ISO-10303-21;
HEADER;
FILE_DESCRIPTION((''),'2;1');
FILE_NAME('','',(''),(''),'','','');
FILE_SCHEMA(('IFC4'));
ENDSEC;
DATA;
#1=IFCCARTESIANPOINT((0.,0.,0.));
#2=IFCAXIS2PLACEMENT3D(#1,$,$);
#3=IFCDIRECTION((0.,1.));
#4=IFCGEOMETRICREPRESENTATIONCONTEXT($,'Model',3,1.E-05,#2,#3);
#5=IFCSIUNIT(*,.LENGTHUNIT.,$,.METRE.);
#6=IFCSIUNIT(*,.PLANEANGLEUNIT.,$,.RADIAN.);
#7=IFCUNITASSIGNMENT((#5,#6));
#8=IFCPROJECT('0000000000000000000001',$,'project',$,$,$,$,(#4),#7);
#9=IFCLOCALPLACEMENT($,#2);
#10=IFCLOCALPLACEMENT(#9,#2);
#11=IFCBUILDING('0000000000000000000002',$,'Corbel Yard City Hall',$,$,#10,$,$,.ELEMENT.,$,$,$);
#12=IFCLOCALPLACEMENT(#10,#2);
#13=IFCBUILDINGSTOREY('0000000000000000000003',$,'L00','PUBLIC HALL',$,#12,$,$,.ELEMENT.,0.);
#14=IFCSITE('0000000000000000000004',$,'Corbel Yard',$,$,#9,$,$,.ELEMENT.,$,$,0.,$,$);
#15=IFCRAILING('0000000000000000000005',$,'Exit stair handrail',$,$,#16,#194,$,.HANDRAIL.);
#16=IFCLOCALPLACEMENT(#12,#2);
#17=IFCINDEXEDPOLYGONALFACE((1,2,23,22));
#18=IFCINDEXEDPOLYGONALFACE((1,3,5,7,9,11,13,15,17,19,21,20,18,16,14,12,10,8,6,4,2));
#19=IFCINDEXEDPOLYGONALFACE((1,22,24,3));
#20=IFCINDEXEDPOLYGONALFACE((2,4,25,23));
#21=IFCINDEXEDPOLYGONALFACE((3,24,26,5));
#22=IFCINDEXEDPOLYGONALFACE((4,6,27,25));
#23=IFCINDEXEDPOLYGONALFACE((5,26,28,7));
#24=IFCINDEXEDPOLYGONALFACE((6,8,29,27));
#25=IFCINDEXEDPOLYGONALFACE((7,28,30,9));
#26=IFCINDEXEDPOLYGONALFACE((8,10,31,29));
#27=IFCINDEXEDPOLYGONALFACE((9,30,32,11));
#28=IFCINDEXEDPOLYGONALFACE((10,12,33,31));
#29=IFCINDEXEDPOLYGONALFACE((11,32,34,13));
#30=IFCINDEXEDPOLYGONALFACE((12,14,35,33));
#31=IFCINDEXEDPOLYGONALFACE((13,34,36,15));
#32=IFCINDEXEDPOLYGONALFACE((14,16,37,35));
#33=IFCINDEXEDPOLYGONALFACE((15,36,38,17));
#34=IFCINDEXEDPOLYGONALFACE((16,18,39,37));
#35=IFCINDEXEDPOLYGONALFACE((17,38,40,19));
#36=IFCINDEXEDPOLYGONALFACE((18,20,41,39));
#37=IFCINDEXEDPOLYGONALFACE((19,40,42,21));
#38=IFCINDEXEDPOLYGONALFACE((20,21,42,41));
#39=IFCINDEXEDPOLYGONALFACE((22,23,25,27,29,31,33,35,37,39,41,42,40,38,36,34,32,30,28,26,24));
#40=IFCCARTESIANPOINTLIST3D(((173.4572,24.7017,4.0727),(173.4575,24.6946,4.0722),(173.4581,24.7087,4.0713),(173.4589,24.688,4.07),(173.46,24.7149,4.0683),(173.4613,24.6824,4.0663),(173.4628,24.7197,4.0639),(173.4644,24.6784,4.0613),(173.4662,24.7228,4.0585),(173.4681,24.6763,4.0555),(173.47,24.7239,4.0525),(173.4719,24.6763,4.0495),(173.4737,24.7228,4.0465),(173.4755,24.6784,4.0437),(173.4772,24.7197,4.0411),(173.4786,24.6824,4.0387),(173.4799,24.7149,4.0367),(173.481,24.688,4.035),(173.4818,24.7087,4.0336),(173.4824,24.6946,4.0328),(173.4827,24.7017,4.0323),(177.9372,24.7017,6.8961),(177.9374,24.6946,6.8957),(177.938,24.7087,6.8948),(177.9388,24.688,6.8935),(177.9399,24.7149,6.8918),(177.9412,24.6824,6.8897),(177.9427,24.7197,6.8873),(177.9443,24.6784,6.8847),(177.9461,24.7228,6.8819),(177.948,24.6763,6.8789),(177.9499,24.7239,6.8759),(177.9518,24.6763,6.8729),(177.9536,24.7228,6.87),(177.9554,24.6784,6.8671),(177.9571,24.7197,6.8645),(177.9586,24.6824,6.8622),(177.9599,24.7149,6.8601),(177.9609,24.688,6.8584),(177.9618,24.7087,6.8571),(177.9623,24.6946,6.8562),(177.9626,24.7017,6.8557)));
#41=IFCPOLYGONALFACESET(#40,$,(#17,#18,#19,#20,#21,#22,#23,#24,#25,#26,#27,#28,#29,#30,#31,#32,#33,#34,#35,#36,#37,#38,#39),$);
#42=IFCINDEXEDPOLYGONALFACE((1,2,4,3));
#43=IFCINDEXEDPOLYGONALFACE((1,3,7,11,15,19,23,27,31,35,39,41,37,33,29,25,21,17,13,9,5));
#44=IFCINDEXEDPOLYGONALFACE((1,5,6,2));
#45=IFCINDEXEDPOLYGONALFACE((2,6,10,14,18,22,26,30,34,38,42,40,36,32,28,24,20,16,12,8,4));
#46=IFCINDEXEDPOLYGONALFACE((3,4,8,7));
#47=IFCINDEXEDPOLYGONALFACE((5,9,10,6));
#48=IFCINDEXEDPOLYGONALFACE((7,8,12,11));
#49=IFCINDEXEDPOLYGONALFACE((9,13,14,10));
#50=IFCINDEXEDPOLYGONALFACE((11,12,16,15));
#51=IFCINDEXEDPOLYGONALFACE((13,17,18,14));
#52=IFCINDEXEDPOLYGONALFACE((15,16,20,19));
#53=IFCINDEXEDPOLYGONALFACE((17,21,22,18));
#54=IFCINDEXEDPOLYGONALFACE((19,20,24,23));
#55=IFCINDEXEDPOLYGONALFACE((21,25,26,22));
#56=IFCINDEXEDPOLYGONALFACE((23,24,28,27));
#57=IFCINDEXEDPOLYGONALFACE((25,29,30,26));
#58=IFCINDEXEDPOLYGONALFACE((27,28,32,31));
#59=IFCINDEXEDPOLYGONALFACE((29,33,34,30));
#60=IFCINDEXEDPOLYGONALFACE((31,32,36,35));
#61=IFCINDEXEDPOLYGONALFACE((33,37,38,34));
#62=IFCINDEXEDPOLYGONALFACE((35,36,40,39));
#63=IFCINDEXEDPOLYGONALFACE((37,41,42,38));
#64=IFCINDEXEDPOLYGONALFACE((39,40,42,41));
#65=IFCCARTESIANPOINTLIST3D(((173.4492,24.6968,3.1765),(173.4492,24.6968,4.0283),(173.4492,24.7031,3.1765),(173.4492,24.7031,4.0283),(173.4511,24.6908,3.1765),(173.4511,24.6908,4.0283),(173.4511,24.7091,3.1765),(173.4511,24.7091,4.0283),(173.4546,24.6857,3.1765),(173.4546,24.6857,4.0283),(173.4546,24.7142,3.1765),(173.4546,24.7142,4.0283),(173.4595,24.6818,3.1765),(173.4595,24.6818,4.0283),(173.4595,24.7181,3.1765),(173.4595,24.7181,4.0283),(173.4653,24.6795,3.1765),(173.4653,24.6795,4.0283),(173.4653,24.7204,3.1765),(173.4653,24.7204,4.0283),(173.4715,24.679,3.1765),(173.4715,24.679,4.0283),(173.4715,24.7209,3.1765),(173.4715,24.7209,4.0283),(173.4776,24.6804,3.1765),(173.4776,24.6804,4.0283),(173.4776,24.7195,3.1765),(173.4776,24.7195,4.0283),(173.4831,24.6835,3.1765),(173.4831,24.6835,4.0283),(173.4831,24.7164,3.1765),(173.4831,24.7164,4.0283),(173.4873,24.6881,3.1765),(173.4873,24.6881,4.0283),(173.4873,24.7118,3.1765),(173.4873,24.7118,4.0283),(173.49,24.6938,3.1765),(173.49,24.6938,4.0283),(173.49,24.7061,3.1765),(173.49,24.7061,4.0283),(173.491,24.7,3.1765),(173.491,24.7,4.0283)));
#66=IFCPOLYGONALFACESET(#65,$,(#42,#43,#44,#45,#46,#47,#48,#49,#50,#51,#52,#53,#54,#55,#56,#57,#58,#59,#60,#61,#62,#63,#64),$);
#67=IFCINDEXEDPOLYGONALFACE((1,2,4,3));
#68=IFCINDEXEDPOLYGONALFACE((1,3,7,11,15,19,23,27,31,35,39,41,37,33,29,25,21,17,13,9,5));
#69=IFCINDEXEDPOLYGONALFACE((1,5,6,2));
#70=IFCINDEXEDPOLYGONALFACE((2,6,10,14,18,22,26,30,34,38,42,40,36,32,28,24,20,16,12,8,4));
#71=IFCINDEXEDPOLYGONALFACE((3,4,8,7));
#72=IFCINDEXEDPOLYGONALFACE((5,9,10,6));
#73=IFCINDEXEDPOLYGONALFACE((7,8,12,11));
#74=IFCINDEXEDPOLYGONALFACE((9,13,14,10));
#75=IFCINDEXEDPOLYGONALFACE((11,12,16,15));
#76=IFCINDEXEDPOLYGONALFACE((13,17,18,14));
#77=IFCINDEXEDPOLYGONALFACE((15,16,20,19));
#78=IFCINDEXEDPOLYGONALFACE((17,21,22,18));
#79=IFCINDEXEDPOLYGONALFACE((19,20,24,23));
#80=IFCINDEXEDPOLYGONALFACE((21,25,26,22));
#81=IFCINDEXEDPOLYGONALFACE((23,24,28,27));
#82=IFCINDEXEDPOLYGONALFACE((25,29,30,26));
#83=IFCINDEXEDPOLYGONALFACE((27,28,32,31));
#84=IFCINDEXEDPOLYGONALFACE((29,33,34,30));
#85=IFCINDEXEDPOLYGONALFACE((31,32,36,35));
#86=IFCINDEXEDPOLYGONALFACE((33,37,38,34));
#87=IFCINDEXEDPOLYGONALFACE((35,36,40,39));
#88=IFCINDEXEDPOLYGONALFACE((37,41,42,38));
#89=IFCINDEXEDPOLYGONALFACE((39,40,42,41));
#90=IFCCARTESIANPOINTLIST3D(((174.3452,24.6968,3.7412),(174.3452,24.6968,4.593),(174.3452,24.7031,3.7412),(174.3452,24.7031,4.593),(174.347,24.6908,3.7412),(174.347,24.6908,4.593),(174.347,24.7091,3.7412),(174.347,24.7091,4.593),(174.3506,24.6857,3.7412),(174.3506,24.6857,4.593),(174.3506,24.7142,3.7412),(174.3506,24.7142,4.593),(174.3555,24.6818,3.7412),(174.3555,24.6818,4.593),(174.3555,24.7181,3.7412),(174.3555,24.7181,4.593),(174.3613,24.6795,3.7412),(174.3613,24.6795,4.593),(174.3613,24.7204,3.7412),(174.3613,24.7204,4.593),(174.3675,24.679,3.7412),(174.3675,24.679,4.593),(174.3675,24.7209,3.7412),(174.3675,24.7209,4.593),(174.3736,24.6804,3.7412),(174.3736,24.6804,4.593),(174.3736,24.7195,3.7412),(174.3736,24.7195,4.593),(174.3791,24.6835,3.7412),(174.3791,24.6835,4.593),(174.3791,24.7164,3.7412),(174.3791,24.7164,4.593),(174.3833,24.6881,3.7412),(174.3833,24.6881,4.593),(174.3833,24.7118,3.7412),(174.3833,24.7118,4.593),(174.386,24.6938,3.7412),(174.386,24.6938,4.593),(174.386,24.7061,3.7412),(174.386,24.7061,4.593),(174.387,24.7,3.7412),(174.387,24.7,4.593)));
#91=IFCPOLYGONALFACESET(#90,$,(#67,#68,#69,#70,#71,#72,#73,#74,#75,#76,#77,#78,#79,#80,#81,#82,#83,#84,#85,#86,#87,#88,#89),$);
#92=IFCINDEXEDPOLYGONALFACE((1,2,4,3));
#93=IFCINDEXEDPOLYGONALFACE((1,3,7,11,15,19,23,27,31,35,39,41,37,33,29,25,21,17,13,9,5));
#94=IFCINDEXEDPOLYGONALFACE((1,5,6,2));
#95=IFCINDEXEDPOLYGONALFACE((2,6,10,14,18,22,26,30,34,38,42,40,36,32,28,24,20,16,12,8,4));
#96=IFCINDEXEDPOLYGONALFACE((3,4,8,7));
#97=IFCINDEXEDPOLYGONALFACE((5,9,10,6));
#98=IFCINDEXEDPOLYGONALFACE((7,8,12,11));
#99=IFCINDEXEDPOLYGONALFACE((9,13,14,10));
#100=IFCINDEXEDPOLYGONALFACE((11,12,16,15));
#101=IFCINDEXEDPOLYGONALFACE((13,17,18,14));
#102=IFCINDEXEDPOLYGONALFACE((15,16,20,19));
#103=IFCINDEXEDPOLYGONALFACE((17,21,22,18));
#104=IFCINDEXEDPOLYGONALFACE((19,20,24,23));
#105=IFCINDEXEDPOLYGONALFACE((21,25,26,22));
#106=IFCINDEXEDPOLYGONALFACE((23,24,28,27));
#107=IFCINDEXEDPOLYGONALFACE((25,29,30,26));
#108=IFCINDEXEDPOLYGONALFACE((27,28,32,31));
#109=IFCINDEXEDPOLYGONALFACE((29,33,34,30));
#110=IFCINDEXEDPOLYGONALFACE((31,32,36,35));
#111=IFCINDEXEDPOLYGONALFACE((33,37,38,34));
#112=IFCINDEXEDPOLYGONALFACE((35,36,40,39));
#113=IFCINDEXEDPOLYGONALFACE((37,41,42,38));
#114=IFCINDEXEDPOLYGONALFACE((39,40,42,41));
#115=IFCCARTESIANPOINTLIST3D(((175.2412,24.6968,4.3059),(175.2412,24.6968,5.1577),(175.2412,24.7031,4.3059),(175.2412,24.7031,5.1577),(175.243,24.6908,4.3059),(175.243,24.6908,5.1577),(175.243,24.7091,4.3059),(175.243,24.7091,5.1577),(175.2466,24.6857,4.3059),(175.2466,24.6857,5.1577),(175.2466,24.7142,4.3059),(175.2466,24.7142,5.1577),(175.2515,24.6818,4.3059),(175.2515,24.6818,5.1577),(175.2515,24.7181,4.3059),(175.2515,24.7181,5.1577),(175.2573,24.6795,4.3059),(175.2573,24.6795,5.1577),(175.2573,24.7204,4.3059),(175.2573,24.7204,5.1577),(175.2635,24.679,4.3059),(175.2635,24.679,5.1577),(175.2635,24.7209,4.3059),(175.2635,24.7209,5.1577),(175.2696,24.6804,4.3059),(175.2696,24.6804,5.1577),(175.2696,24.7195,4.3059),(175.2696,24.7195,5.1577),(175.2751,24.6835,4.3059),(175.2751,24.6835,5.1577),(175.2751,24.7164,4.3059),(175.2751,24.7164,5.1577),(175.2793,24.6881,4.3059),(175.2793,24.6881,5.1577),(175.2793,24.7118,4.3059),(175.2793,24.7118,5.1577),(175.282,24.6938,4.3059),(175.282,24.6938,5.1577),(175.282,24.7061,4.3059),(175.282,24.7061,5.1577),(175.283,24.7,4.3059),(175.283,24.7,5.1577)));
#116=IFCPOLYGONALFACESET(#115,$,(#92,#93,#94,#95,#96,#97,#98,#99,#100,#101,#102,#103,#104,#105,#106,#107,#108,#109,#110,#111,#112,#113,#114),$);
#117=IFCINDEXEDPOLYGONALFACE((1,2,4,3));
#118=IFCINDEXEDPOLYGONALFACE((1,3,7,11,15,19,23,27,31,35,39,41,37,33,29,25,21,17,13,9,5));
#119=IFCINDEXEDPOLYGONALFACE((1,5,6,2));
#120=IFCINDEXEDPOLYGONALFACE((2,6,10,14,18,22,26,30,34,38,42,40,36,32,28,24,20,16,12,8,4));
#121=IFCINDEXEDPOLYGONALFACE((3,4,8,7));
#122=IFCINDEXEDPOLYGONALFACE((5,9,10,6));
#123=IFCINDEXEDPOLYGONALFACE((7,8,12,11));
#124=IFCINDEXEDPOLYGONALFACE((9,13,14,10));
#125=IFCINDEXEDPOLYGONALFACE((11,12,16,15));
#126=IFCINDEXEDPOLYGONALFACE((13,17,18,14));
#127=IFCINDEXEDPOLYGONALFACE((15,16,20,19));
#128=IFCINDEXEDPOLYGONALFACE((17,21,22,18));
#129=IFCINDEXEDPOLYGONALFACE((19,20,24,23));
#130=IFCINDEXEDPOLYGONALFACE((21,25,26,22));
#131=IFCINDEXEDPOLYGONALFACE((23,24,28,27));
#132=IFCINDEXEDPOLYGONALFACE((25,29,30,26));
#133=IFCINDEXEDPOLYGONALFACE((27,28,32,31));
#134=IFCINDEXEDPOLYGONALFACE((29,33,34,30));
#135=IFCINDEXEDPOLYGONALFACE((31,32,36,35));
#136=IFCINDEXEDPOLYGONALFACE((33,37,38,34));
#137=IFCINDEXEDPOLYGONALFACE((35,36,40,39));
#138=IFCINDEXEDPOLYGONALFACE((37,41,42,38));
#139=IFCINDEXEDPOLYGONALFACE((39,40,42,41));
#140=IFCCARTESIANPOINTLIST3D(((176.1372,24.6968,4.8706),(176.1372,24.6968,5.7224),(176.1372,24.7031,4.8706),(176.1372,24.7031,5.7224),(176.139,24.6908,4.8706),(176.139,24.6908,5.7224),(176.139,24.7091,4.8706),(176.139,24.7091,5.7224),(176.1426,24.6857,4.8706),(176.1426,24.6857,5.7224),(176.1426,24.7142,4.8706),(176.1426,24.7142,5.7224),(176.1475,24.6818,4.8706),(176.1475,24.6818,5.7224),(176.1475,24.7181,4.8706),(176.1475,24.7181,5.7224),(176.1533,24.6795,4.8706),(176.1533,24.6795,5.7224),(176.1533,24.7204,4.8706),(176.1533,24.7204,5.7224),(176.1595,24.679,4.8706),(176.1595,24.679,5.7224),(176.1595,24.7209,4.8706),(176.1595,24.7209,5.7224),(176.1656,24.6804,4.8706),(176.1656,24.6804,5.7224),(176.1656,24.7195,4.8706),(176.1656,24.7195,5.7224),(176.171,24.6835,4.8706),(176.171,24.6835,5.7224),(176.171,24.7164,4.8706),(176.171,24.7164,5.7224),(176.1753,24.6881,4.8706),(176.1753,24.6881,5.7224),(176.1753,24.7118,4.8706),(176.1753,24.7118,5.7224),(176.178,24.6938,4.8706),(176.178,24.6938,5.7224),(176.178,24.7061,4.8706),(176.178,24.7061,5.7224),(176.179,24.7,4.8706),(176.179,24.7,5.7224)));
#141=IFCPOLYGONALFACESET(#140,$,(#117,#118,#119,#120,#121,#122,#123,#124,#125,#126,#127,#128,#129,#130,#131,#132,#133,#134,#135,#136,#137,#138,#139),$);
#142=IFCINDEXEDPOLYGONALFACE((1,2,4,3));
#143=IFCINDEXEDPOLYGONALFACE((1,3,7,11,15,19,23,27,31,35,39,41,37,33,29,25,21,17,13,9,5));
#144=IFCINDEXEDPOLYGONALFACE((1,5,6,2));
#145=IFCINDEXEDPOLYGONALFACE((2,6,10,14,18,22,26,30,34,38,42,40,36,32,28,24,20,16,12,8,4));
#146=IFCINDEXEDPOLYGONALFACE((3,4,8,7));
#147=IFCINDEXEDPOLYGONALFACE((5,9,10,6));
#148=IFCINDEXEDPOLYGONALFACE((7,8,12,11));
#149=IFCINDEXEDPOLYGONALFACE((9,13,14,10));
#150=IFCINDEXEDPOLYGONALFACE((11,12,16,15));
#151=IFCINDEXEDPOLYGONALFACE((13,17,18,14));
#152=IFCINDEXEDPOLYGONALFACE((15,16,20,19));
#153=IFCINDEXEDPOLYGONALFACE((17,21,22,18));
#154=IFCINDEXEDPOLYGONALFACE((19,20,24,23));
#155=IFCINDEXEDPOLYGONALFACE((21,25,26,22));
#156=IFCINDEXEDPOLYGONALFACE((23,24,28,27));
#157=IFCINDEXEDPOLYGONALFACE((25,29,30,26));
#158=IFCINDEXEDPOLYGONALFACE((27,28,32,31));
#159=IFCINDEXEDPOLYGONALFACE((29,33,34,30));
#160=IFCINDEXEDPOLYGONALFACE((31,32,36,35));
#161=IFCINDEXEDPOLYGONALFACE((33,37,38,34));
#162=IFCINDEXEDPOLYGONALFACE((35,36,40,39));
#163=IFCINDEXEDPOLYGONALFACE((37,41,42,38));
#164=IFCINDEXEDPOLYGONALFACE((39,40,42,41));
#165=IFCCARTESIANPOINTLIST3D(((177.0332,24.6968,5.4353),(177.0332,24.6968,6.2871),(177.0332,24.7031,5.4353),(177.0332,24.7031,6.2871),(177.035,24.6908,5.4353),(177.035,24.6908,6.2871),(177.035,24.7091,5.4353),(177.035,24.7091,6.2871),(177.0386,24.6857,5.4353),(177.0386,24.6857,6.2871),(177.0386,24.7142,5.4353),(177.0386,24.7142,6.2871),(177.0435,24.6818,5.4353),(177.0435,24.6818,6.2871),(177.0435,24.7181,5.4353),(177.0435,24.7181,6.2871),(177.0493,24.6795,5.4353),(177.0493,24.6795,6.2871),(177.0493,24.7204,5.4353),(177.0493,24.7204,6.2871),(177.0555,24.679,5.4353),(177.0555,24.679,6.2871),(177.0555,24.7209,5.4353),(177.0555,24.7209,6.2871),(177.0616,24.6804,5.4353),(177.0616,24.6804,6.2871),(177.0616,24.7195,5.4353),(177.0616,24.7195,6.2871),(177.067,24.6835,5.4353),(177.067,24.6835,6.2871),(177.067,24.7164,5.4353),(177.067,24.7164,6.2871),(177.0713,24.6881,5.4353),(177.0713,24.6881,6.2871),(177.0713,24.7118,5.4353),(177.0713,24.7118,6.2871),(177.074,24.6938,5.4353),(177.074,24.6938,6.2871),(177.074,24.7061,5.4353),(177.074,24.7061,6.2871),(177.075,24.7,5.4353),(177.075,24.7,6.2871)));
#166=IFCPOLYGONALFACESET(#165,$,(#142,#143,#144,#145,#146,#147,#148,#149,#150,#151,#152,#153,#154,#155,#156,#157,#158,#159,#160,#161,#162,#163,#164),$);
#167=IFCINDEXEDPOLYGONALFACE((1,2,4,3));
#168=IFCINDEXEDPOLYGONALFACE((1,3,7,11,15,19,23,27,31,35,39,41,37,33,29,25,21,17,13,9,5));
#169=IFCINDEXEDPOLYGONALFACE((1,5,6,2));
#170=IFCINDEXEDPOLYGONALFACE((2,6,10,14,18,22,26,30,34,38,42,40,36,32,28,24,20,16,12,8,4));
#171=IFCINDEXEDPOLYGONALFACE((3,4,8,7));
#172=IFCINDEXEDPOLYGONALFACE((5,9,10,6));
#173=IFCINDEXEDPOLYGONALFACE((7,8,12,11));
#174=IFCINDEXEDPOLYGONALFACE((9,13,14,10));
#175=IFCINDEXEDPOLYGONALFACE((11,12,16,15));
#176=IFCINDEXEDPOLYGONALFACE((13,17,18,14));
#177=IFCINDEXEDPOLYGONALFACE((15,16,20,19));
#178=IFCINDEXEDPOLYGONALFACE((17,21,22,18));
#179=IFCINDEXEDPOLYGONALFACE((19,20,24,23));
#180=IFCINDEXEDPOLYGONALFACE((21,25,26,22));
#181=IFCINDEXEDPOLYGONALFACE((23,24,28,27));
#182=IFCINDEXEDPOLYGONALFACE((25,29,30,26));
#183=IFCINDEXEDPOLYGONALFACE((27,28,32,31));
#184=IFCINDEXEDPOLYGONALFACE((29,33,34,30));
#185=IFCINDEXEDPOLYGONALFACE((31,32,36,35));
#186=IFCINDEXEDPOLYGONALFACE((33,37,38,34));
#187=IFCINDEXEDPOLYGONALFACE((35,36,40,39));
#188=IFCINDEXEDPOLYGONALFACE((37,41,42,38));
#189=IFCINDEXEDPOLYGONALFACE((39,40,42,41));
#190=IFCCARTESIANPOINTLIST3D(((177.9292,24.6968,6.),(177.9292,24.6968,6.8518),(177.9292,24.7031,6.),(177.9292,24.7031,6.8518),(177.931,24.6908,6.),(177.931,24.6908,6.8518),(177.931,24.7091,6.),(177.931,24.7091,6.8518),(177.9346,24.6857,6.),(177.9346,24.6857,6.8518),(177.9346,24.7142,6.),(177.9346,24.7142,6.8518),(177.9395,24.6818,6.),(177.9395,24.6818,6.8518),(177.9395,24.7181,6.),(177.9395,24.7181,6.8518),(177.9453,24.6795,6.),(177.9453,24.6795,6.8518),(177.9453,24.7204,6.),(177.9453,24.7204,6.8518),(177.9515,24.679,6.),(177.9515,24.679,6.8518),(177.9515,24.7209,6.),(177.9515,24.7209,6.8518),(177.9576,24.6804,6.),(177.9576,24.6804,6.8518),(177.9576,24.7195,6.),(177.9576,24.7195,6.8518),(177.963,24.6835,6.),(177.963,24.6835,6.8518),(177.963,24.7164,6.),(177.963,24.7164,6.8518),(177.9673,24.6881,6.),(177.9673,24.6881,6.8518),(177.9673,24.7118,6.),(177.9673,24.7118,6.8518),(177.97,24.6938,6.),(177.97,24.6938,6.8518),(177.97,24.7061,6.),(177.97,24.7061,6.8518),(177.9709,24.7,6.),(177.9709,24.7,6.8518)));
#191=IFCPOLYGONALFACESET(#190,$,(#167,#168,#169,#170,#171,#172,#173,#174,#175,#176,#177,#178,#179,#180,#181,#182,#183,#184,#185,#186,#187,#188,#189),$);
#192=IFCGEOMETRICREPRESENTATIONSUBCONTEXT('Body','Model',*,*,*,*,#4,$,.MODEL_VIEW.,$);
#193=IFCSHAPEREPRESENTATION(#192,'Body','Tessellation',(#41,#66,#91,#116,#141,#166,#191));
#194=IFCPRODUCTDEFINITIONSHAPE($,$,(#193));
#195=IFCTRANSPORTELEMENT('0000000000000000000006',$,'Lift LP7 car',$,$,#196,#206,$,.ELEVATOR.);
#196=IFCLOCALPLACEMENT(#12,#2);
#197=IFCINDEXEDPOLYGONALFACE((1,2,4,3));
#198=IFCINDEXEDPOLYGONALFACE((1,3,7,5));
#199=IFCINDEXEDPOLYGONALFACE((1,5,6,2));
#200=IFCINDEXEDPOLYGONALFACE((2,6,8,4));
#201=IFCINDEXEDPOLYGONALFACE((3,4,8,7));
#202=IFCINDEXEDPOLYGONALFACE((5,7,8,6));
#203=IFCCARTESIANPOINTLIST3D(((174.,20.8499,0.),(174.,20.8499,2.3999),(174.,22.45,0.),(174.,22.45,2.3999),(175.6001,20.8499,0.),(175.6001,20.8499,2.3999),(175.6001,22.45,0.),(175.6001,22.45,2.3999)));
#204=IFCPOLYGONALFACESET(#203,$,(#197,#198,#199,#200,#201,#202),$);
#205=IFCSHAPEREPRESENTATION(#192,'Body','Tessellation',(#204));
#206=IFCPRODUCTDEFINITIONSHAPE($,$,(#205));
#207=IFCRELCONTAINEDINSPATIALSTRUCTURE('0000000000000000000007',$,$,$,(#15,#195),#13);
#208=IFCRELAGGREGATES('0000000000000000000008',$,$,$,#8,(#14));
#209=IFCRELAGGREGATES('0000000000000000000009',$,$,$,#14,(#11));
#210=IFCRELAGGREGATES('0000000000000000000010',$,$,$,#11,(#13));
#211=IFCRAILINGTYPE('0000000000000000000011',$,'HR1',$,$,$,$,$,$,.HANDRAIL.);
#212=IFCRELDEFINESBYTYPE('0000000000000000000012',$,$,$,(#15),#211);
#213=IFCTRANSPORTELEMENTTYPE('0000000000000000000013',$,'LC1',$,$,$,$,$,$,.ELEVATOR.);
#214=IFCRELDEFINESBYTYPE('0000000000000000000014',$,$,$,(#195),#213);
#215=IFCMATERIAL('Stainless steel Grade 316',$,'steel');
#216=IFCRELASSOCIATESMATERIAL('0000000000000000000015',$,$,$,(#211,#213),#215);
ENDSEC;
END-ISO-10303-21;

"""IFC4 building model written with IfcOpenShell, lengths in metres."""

from ifc_helpers import new_model, si_unit, direction, frame, origin, origin_2d, place, context, subcontext, project, spatial, rectangle, circle, extrude, material, type_object, element, save


model = new_model("IFC4")

# Units and contexts
model_context = context("Model", 3, precision=1e-05, world=origin(), true_north=direction((0.0, 1.0)))
body_context = subcontext(model_context, "Body", "Model", "MODEL_VIEW")
ifc_project = project(units=[si_unit("LENGTHUNIT", "METRE"), si_unit("PLANEANGLEUNIT", "RADIAN")], contexts=[model_context])

# Site, building, storey
site_placement = place(None, origin())
site = spatial("IfcSite", under=ifc_project, at=site_placement, Name="Corbel Yard", CompositionType="ELEMENT", RefElevation=0.0)
building_placement = place(site_placement, origin())
building = spatial("IfcBuilding", under=site, at=building_placement, Name="Corbel Yard City Hall", CompositionType="ELEMENT")
storey_placement = place(building_placement, origin())
storey = spatial("IfcBuildingStorey", under=building, at=storey_placement, Name="L00", Description="PUBLIC HALL", CompositionType="ELEMENT", Elevation=0.0)

# Shared definitions
ifc_material_1 = material(Name="Stainless steel Grade 316", Category="steel")

# Railing
railing_type = type_object("IfcRailingType", Name="HR1", PredefinedType="HANDRAIL", material=ifc_material_1)
railing_placement = place(storey_placement, frame((173.47, 24.7, 3.1765)))
element("IfcRailing", 1, at=railing_placement, inside=storey, type_object=railing_type, Name="Exit stair handrail", PredefinedType="HANDRAIL", context=body_context, shape_type="SweptSolid", body=[
    extrude(circle(Radius=0.0239, at=origin_2d()), frame((0.0, 0.0, 0.876), z_axis=(0.845998, 0.0, 0.533186), x_axis=(0.0, 1.0, 0.0)), (0.0, 0.0, 1.0), 5.2954),
    extrude(circle(Radius=0.021, at=origin_2d()), origin(), (0.0, 0.0, 1.0), 0.8518),
    extrude(circle(Radius=0.021, at=origin_2d()), frame((0.896, 0.0, 0.5647)), (0.0, 0.0, 1.0), 0.8518),
    extrude(circle(Radius=0.021, at=origin_2d()), frame((1.792, 0.0, 1.1294)), (0.0, 0.0, 1.0), 0.8518),
    extrude(circle(Radius=0.021, at=origin_2d()), frame((2.688, 0.0, 1.6941)), (0.0, 0.0, 1.0), 0.8518),
    extrude(circle(Radius=0.021, at=origin_2d()), frame((3.584, 0.0, 2.2588)), (0.0, 0.0, 1.0), 0.8518),
    extrude(circle(Radius=0.021, at=origin_2d()), frame((4.48, 0.0, 2.8235)), (0.0, 0.0, 1.0), 0.8518),
])

# Transport element
transport_element_type = type_object("IfcTransportElementType", Name="LC1", PredefinedType="ELEVATOR", material=ifc_material_1)
transport_element_placement = place(storey_placement, frame((174.8, 21.6499, 0.0), z_axis=(0.0, 0.0, 1.0), x_axis=(0.0, 1.0, 0.0)))
element("IfcTransportElement", 2, at=transport_element_placement, inside=storey, type_object=transport_element_type, Name="Lift LP7 car", PredefinedType="ELEVATOR", context=body_context, shape_type="SweptSolid", body=[
    extrude(rectangle(XDim=1.6001, YDim=1.6001, at=origin_2d()), origin(), (0.0, 0.0, 1.0), 2.3999),
])

save(model, "model.ifc")
